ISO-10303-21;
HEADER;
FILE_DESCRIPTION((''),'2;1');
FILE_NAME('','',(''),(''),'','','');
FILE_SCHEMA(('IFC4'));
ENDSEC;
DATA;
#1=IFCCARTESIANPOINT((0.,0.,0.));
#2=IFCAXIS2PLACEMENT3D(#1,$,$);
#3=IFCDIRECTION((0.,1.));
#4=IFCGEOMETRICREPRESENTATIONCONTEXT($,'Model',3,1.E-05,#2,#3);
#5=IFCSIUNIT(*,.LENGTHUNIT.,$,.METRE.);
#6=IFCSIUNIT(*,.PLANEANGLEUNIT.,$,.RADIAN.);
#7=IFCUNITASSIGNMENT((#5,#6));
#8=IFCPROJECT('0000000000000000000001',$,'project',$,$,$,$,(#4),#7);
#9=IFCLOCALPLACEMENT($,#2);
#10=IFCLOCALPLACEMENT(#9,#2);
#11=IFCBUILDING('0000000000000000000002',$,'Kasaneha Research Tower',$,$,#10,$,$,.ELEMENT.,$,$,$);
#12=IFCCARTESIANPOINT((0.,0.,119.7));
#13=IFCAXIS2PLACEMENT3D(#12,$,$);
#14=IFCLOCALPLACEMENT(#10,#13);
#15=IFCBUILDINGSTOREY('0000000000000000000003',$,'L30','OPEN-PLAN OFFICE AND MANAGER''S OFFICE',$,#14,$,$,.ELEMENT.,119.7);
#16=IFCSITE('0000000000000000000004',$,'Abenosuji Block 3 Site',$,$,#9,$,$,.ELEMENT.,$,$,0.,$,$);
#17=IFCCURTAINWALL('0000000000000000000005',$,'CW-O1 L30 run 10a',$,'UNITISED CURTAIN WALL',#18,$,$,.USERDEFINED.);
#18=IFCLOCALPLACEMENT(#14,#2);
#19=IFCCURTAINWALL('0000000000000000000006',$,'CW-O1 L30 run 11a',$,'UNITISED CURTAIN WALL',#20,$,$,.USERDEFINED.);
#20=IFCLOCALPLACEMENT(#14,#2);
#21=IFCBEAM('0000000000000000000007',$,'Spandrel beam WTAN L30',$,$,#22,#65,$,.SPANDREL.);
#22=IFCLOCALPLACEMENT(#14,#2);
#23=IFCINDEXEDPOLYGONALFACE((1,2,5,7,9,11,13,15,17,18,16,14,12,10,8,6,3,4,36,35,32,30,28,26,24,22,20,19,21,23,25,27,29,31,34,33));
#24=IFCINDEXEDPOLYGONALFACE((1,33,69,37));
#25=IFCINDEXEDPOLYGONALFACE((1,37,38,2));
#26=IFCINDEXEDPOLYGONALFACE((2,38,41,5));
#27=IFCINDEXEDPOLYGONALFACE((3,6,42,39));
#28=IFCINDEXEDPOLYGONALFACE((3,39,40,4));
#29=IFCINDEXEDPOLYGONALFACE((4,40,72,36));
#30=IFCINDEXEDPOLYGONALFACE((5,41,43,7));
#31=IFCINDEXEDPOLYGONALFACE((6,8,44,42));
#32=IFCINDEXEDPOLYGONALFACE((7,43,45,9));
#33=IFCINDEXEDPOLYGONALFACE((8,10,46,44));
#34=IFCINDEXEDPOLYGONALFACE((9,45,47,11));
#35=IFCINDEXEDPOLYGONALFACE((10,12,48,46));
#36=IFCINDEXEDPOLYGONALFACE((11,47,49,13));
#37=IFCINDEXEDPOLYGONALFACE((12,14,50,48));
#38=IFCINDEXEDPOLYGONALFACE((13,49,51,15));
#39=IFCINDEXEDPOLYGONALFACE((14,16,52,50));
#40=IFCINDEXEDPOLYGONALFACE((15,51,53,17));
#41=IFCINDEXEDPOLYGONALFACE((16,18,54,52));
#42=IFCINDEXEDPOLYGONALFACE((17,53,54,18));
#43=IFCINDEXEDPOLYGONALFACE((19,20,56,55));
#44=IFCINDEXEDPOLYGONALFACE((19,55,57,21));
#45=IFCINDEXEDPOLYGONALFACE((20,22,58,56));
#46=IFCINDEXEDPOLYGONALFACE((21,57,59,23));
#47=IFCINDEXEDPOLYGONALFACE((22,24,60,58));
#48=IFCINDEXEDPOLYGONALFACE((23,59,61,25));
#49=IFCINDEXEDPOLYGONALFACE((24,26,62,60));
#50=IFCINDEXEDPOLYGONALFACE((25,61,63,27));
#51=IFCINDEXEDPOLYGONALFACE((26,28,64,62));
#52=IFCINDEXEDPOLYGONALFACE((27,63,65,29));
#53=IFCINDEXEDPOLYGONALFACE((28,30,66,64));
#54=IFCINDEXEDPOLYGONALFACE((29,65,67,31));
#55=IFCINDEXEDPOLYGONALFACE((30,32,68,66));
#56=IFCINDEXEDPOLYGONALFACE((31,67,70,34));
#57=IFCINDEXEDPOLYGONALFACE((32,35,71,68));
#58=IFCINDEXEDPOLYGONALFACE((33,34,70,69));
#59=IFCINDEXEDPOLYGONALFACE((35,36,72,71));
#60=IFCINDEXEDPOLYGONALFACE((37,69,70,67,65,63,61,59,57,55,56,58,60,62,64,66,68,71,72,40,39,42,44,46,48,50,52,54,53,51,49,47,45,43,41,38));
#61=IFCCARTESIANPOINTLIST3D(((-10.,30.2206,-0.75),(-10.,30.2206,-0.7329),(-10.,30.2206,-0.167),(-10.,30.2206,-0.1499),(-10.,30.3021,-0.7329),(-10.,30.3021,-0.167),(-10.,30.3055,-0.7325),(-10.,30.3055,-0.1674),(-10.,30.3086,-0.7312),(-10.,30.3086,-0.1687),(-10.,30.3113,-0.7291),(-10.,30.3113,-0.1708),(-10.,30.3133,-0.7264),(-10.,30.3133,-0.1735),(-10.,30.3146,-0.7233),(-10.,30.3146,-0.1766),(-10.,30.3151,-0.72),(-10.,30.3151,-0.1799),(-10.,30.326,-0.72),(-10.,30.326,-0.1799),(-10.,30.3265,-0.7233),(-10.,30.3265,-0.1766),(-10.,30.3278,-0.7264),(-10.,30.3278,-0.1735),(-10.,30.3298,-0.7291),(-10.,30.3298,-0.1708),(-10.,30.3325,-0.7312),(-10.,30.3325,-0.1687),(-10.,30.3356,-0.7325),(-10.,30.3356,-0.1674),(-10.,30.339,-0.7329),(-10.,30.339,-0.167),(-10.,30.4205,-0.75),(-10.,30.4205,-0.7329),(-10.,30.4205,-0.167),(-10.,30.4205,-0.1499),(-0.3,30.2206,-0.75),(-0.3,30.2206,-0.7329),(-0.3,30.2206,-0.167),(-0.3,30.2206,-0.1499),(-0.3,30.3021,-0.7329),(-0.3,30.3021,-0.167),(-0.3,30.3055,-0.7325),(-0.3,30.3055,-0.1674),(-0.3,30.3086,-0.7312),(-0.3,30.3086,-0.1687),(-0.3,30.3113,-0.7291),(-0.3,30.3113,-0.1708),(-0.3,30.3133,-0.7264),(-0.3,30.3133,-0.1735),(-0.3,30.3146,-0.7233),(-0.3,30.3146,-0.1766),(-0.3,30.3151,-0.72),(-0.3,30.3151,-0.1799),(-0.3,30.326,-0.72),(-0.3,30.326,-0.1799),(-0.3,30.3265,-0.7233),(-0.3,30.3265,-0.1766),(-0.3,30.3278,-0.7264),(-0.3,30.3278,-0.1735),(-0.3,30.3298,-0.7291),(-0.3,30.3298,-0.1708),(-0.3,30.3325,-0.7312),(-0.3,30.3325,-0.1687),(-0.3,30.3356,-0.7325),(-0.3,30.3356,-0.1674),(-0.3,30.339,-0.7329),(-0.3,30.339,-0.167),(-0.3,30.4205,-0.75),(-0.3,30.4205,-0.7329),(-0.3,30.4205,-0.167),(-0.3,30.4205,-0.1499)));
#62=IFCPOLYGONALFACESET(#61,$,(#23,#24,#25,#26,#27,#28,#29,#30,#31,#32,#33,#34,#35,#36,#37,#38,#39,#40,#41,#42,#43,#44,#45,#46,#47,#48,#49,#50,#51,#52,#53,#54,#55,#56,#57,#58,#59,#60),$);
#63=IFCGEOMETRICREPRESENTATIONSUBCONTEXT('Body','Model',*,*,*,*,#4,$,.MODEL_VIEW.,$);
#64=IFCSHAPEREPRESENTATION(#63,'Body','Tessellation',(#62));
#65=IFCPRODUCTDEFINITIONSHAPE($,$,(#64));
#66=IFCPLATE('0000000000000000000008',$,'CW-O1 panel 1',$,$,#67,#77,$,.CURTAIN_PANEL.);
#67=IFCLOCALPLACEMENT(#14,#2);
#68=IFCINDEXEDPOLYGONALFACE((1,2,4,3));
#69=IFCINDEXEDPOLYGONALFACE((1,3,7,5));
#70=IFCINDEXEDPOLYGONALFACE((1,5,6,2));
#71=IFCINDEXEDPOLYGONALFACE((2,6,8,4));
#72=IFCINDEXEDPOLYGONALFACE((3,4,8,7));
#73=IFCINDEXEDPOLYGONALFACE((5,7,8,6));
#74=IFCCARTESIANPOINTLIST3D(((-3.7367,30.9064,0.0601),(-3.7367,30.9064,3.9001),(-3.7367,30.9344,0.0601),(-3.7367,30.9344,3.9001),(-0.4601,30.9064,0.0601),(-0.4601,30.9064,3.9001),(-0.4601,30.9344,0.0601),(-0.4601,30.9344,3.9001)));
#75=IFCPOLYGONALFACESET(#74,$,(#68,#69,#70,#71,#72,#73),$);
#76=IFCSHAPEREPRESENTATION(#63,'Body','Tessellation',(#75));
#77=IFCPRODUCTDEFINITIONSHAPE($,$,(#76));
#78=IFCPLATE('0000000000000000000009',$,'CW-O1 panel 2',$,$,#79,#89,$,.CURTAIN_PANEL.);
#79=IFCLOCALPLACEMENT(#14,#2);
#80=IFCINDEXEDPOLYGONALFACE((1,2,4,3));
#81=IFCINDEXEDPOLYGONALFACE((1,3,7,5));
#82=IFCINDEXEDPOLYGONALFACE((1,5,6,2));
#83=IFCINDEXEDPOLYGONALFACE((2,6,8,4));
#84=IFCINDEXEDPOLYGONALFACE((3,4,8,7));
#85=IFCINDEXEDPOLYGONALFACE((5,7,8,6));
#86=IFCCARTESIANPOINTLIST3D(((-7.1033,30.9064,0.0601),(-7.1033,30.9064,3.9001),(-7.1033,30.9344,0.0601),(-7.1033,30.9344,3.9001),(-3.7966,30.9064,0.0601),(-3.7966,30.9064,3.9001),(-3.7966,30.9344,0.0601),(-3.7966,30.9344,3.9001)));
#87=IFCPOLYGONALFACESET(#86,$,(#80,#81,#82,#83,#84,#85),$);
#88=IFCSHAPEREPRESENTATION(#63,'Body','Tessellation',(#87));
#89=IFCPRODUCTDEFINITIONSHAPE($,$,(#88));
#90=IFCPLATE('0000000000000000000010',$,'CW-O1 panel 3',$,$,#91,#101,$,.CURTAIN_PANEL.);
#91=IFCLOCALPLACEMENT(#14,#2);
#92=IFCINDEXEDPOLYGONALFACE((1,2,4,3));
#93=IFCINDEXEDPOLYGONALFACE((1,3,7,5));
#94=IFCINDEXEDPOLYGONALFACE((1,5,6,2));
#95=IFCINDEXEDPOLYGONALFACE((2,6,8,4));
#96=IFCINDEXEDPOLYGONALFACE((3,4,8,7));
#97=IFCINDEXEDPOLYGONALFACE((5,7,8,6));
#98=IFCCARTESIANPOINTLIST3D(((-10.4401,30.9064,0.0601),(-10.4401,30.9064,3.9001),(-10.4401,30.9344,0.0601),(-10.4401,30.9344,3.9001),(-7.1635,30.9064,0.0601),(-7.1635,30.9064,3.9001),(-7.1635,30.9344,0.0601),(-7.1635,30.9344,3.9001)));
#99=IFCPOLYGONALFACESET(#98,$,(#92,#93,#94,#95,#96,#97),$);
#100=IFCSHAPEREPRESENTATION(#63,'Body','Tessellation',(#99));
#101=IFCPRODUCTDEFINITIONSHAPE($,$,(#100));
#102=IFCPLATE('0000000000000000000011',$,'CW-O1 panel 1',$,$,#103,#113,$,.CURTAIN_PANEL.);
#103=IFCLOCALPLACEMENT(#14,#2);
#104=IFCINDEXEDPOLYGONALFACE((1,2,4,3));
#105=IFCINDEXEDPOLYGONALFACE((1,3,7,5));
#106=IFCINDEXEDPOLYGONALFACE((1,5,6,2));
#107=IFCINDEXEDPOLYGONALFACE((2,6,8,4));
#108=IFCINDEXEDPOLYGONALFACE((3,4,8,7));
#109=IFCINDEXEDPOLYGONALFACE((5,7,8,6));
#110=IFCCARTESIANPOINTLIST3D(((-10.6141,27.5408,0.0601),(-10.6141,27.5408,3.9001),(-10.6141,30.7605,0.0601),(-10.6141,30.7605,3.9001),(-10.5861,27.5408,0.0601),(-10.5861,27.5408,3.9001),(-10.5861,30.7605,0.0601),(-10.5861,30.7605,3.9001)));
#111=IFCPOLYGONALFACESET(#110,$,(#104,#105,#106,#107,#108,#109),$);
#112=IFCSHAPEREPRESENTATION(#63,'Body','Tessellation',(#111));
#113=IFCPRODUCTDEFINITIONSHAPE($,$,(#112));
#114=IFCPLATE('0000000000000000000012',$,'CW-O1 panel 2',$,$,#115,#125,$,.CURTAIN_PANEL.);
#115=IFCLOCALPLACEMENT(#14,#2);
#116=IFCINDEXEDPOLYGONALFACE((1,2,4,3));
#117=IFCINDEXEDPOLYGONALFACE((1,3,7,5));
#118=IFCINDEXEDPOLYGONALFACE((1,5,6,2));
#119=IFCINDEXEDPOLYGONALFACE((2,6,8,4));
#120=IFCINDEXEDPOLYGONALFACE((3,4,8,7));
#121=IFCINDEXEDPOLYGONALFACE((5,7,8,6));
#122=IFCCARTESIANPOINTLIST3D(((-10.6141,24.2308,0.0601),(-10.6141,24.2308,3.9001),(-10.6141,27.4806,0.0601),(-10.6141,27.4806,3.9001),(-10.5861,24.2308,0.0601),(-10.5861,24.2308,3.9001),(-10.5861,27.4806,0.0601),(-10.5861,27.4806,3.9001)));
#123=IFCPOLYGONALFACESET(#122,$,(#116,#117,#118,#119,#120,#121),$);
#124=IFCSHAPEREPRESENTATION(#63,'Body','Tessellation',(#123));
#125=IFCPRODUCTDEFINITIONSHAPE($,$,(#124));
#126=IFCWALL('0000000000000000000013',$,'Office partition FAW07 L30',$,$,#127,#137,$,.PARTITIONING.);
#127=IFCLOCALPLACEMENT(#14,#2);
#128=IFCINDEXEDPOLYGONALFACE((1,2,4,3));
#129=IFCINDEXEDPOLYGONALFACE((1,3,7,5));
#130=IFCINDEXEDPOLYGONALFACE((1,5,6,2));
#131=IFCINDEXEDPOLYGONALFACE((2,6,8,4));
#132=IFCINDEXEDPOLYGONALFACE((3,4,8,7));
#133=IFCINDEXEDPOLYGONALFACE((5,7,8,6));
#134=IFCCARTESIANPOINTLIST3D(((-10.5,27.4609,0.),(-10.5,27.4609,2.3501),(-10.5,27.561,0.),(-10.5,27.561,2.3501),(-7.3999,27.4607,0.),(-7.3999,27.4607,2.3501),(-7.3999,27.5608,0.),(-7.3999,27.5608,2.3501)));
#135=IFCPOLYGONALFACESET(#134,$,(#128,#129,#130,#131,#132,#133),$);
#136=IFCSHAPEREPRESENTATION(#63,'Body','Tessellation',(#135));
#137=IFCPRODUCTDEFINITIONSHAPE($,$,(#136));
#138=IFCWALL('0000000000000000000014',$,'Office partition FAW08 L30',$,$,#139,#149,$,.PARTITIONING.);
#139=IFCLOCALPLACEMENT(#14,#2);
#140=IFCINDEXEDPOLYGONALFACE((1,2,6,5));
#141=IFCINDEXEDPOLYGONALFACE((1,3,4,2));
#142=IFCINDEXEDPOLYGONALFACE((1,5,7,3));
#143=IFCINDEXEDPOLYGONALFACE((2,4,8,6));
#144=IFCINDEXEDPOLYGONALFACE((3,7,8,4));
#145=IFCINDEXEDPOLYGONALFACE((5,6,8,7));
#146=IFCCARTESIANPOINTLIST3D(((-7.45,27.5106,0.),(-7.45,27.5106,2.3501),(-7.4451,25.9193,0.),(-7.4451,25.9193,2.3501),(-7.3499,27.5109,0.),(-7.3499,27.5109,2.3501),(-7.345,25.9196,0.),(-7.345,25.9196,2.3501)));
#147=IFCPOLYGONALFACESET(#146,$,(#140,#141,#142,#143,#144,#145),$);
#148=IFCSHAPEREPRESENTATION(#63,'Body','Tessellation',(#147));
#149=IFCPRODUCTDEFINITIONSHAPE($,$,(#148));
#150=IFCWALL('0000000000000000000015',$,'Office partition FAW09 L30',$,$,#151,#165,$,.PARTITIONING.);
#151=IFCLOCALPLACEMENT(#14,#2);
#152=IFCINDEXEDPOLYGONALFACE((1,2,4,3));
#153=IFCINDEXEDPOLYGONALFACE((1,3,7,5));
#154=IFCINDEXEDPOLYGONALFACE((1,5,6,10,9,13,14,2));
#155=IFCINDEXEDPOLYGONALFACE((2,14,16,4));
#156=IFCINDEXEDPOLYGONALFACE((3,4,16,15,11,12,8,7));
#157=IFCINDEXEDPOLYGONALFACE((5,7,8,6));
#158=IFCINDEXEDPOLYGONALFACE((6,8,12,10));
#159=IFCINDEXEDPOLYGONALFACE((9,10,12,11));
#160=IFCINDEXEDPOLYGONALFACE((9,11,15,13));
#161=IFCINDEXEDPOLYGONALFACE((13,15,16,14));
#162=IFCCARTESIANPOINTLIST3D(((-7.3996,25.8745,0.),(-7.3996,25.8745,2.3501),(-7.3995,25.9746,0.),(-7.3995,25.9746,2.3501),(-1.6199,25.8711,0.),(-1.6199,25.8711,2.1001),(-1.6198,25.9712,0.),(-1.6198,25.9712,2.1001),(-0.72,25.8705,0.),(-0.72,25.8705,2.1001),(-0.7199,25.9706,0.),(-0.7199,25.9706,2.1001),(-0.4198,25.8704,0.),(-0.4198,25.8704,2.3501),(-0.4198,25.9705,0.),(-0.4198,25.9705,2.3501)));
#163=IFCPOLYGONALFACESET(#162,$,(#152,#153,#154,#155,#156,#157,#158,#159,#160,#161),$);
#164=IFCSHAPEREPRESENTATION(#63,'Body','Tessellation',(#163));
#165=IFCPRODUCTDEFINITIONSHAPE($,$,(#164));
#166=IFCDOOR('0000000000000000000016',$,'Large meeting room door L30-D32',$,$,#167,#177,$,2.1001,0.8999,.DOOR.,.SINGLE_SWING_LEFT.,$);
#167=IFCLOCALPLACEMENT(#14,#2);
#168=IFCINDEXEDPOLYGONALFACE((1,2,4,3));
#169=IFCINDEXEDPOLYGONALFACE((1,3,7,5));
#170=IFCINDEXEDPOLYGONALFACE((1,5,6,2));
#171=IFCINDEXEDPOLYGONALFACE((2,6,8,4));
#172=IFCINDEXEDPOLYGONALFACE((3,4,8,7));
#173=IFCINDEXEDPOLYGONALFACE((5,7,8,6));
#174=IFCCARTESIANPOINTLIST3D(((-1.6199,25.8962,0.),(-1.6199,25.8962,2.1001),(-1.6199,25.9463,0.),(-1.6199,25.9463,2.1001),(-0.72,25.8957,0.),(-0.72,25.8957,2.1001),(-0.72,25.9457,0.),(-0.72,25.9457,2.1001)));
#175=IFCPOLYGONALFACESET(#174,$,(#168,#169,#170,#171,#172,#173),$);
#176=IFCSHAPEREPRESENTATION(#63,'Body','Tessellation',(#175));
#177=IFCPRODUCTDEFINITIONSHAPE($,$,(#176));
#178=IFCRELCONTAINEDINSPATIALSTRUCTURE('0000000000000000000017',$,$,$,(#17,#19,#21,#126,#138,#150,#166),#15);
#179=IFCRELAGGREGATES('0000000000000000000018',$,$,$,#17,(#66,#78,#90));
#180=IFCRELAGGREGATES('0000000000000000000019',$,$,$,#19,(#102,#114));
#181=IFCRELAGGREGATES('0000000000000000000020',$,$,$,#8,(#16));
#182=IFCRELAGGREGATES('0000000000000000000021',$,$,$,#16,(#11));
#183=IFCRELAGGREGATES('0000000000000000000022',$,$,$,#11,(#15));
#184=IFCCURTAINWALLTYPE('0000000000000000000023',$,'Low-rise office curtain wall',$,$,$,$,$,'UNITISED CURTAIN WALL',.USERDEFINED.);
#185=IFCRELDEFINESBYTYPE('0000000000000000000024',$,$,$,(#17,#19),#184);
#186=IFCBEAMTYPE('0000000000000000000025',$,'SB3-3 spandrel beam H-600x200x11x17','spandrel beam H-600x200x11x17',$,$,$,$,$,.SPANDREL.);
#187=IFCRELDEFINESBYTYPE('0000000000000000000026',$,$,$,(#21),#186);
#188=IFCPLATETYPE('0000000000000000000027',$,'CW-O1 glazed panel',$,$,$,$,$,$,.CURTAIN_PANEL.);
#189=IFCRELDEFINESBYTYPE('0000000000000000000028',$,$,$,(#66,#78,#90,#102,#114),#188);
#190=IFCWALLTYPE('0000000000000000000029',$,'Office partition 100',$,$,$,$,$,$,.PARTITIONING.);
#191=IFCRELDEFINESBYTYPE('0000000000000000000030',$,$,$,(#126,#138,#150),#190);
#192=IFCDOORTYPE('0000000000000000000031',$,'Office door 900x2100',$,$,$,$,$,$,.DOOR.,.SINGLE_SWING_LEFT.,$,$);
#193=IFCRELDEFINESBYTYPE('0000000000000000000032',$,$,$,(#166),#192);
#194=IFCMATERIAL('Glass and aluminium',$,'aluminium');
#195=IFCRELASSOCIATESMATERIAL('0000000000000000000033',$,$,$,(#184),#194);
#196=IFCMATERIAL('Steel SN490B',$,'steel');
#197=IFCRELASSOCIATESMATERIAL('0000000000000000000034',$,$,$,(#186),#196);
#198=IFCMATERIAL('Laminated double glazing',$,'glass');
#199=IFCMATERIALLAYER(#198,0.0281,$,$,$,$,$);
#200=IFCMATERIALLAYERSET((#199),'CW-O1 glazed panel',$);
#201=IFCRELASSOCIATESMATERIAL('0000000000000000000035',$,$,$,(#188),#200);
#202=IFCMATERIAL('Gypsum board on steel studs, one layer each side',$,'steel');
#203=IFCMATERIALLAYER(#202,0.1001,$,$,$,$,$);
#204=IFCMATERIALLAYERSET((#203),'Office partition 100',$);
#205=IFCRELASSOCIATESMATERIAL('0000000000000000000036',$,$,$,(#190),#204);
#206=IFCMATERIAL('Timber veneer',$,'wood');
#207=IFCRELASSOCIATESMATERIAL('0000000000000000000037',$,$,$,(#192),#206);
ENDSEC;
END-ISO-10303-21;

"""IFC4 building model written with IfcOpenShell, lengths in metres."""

from ifc_helpers import new_model, si_unit, direction, frame, frame_2d, origin, origin_2d, place, context, subcontext, project, spatial, rectangle, i_section, extrude, material, layer, layer_set, material_profile, profile_set, type_object, element, fill, aggregate, save


model = new_model("IFC4")

# Units and contexts
model_context = context("Model", 3, precision=1e-05, world=origin(), true_north=direction((0.0, 1.0)))
body_context = subcontext(model_context, "Body", "Model", "MODEL_VIEW")
ifc_project = project(units=[si_unit("LENGTHUNIT", "METRE"), si_unit("PLANEANGLEUNIT", "RADIAN")], contexts=[model_context])

# Site, building, storey
site_placement = place(None, origin())
site = spatial("IfcSite", under=ifc_project, at=site_placement, Name="Abenosuji Block 3 Site", CompositionType="ELEMENT", RefElevation=0.0)
building_placement = place(site_placement, origin())
building = spatial("IfcBuilding", under=site, at=building_placement, Name="Kasaneha Research Tower", CompositionType="ELEMENT")
storey_placement = place(building_placement, frame((0.0, 0.0, 119.7)))
storey = spatial("IfcBuildingStorey", under=building, at=storey_placement, Name="L30", Description="OPEN-PLAN OFFICE AND MANAGER'S OFFICE", CompositionType="ELEMENT", Elevation=119.7)

# Curtain walls
ifc_material_1 = material(Name="Glass and aluminium", Category="aluminium")
curtain_wall_type = type_object("IfcCurtainWallType", Name="Low-rise office curtain wall", ElementType="UNITISED CURTAIN WALL", PredefinedType="USERDEFINED", material=ifc_material_1)
curtain_wall_1_placement = place(storey_placement, origin())
curtain_wall_1 = element("IfcCurtainWall", 1, at=curtain_wall_1_placement, inside=storey, type_object=curtain_wall_type, Name="CW-O1 L30 run 10a", ObjectType="UNITISED CURTAIN WALL", PredefinedType="USERDEFINED")
curtain_wall_2_placement = place(storey_placement, origin())
curtain_wall_2 = element("IfcCurtainWall", 2, at=curtain_wall_2_placement, inside=storey, type_object=curtain_wall_type, Name="CW-O1 L30 run 11a", ObjectType="UNITISED CURTAIN WALL", PredefinedType="USERDEFINED")

# Beam
ifc_material_2 = material(Name="Steel SN490B", Category="steel")
ifc_material_profile_1 = material_profile(ifc_material_2, i_section(OverallWidth=0.2, OverallDepth=0.6001, WebThickness=0.011, FlangeThickness=0.0171, FilletRadius=0.0129, at=origin_2d()), Name="H-600x200x11x17")
ifc_profile_set_1 = profile_set([ifc_material_profile_1], Name="Steel SN490B")
beam_type_1 = type_object("IfcBeamType", Name="SB3-3 spandrel beam H-600x200x11x17", Description="spandrel beam H-600x200x11x17", PredefinedType="SPANDREL", material=ifc_profile_set_1)
beam_1_placement = place(storey_placement, frame((-10.0, 30.3206, -0.45), z_axis=(1.0, 0.0, 0.0), x_axis=(0.0, 1.0, 0.0)))
element("IfcBeam", 3, at=beam_1_placement, inside=storey, type_object=beam_type_1, Name="Spandrel beam WTAN L30", PredefinedType="SPANDREL", context=body_context, shape_type="SweptSolid", body=[
    extrude(i_section(OverallWidth=0.2, OverallDepth=0.6001, WebThickness=0.011, FlangeThickness=0.0171, FilletRadius=0.0129, at=origin_2d()), origin(), (0.0, 0.0, 1.0), 9.7),
])

# Plates
ifc_material_3 = material(Name="Laminated double glazing", Category="glass")
ifc_layer_1 = layer(ifc_material_3, 0.0281)
ifc_layer_set_1 = layer_set([ifc_layer_1], Name="CW-O1 glazed panel")
plate_type = type_object("IfcPlateType", Name="CW-O1 glazed panel", PredefinedType="CURTAIN_PANEL", material=ifc_layer_set_1)
plate_1_placement = place(storey_placement, frame((-2.0984, 30.9204, 0.0601), z_axis=(0.0, 0.0, 1.0), x_axis=(-1.0, 0.0, 0.0)))
plate_1 = element("IfcPlate", 4, at=plate_1_placement, type_object=plate_type, Name="CW-O1 panel 1", PredefinedType="CURTAIN_PANEL", context=body_context, shape_type="SweptSolid", body=[
    extrude(rectangle(XDim=3.2766, YDim=0.0281, at=origin_2d()), origin(), (0.0, 0.0, 1.0), 3.8401),
])
plate_2_placement = place(storey_placement, frame((-5.45, 30.9204, 0.0601), z_axis=(0.0, 0.0, 1.0), x_axis=(-1.0, 0.0, 0.0)))
plate_2 = element("IfcPlate", 5, at=plate_2_placement, type_object=plate_type, Name="CW-O1 panel 2", PredefinedType="CURTAIN_PANEL", context=body_context, shape_type="SweptSolid", body=[
    extrude(rectangle(XDim=3.3066, YDim=0.0281, at=origin_2d()), origin(), (0.0, 0.0, 1.0), 3.8401),
])
plate_3_placement = place(storey_placement, frame((-8.8018, 30.9204, 0.0601), z_axis=(0.0, 0.0, 1.0), x_axis=(-1.0, 0.0, 0.0)))
plate_3 = element("IfcPlate", 6, at=plate_3_placement, type_object=plate_type, Name="CW-O1 panel 3", PredefinedType="CURTAIN_PANEL", context=body_context, shape_type="SweptSolid", body=[
    extrude(rectangle(XDim=3.2766, YDim=0.0281, at=origin_2d()), origin(), (0.0, 0.0, 1.0), 3.8401),
])
aggregate(curtain_wall_1, [plate_1, plate_2, plate_3])
plate_4_placement = place(storey_placement, frame((-10.6001, 29.1506, 0.0601), z_axis=(0.0, 0.0, 1.0), x_axis=(0.0, -1.0, 0.0)))
plate_4 = element("IfcPlate", 7, at=plate_4_placement, type_object=plate_type, Name="CW-O1 panel 1", PredefinedType="CURTAIN_PANEL", context=body_context, shape_type="SweptSolid", body=[
    extrude(rectangle(XDim=3.2197, YDim=0.0281, at=origin_2d()), origin(), (0.0, 0.0, 1.0), 3.8401),
])
plate_5_placement = place(storey_placement, frame((-10.6001, 25.8557, 0.0601), z_axis=(0.0, 0.0, 1.0), x_axis=(0.0, -1.0, 0.0)))
plate_5 = element("IfcPlate", 8, at=plate_5_placement, type_object=plate_type, Name="CW-O1 panel 2", PredefinedType="CURTAIN_PANEL", context=body_context, shape_type="SweptSolid", body=[
    extrude(rectangle(XDim=3.2498, YDim=0.0281, at=origin_2d()), origin(), (0.0, 0.0, 1.0), 3.8401),
])
aggregate(curtain_wall_2, [plate_4, plate_5])

# Walls
ifc_material_4 = material(Name="Gypsum board on steel studs, one layer each side", Category="steel")
ifc_layer_2 = layer(ifc_material_4, 0.1001)
ifc_layer_set_2 = layer_set([ifc_layer_2], Name="Office partition 100")
wall_type = type_object("IfcWallType", Name="Office partition 100", PredefinedType="PARTITIONING", material=ifc_layer_set_2)
wall_1_placement = place(storey_placement, frame((-7.3999, 27.5107, 0.0), z_axis=(0.0, 0.0, 1.0), x_axis=(-1.0, 0.000079, 0.0)))
element("IfcWall", 9, at=wall_1_placement, inside=storey, type_object=wall_type, Name="Office partition FAW07 L30", PredefinedType="PARTITIONING", context=body_context, shape_type="SweptSolid", body=[
    extrude(rectangle(XDim=3.1001, YDim=0.1001, at=frame_2d((1.55, 0.0))), origin(), (0.0, 0.0, 1.0), 2.3501),
])
wall_2_placement = place(storey_placement, frame((-7.395, 25.9194, 0.0), z_axis=(0.0, 0.0, 1.0), x_axis=(-0.003068, 0.999995, 0.0)))
element("IfcWall", 10, at=wall_2_placement, inside=storey, type_object=wall_type, Name="Office partition FAW08 L30", PredefinedType="PARTITIONING", context=body_context, shape_type="SweptSolid", body=[
    extrude(rectangle(XDim=1.5913, YDim=0.1001, at=frame_2d((0.7957, 0.0))), origin(), (0.0, 0.0, 1.0), 2.3501),
])

# Wall, opening, door
wall_3_placement = place(storey_placement, frame((-0.4199, 25.9204, 0.0), z_axis=(0.0, 0.0, 1.0), x_axis=(-1.0, 0.000595, 0.0)))
wall_3 = element("IfcWall", 11, at=wall_3_placement, inside=storey, type_object=wall_type, Name="Office partition FAW09 L30", PredefinedType="PARTITIONING", context=body_context, shape_type="SweptSolid", body=[
    extrude(rectangle(XDim=6.9797, YDim=0.1001, at=frame_2d((3.4897, 0.0))), origin(), (0.0, 0.0, 1.0), 2.3501),
])
opening_1_placement = place(wall_3_placement, frame((0.3, 0.0, 0.0)))
opening_1 = element("IfcOpeningElement", 12, at=opening_1_placement, cuts=wall_3, PredefinedType="OPENING", context=body_context, shape_type="SweptSolid", body=[
    extrude(rectangle(XDim=0.8999, YDim=2.1001, at=frame_2d((0.45, 1.05))), frame((0.0, 0.0601, 0.0), z_axis=(0.0, -1.0, 0.0), x_axis=(1.0, 0.0, 0.0)), (0.0, 0.0, 1.0), 0.1201),
])
ifc_material_5 = material(Name="Timber veneer", Category="wood")
door_type = type_object("IfcDoorType", Name="Office door 900x2100", OperationType="SINGLE_SWING_LEFT", PredefinedType="DOOR", material=ifc_material_5)
door_1_placement = place(opening_1_placement, origin())
door_1 = element("IfcDoor", 13, at=door_1_placement, inside=storey, type_object=door_type, Name="Large meeting room door L30-D32", OperationType="SINGLE_SWING_LEFT", OverallHeight=2.1001, OverallWidth=0.8999, PredefinedType="DOOR", context=body_context, shape_type="SweptSolid", body=[
    extrude(rectangle(XDim=0.8999, YDim=2.1001, at=frame_2d((0.45, 1.05))), frame((0.0, 0.0249, 0.0), z_axis=(0.0, -1.0, 0.0), x_axis=(1.0, 0.0, 0.0)), (0.0, 0.0, 1.0), 0.05),
])
fill(opening_1, door_1)

save(model, "model.ifc")
